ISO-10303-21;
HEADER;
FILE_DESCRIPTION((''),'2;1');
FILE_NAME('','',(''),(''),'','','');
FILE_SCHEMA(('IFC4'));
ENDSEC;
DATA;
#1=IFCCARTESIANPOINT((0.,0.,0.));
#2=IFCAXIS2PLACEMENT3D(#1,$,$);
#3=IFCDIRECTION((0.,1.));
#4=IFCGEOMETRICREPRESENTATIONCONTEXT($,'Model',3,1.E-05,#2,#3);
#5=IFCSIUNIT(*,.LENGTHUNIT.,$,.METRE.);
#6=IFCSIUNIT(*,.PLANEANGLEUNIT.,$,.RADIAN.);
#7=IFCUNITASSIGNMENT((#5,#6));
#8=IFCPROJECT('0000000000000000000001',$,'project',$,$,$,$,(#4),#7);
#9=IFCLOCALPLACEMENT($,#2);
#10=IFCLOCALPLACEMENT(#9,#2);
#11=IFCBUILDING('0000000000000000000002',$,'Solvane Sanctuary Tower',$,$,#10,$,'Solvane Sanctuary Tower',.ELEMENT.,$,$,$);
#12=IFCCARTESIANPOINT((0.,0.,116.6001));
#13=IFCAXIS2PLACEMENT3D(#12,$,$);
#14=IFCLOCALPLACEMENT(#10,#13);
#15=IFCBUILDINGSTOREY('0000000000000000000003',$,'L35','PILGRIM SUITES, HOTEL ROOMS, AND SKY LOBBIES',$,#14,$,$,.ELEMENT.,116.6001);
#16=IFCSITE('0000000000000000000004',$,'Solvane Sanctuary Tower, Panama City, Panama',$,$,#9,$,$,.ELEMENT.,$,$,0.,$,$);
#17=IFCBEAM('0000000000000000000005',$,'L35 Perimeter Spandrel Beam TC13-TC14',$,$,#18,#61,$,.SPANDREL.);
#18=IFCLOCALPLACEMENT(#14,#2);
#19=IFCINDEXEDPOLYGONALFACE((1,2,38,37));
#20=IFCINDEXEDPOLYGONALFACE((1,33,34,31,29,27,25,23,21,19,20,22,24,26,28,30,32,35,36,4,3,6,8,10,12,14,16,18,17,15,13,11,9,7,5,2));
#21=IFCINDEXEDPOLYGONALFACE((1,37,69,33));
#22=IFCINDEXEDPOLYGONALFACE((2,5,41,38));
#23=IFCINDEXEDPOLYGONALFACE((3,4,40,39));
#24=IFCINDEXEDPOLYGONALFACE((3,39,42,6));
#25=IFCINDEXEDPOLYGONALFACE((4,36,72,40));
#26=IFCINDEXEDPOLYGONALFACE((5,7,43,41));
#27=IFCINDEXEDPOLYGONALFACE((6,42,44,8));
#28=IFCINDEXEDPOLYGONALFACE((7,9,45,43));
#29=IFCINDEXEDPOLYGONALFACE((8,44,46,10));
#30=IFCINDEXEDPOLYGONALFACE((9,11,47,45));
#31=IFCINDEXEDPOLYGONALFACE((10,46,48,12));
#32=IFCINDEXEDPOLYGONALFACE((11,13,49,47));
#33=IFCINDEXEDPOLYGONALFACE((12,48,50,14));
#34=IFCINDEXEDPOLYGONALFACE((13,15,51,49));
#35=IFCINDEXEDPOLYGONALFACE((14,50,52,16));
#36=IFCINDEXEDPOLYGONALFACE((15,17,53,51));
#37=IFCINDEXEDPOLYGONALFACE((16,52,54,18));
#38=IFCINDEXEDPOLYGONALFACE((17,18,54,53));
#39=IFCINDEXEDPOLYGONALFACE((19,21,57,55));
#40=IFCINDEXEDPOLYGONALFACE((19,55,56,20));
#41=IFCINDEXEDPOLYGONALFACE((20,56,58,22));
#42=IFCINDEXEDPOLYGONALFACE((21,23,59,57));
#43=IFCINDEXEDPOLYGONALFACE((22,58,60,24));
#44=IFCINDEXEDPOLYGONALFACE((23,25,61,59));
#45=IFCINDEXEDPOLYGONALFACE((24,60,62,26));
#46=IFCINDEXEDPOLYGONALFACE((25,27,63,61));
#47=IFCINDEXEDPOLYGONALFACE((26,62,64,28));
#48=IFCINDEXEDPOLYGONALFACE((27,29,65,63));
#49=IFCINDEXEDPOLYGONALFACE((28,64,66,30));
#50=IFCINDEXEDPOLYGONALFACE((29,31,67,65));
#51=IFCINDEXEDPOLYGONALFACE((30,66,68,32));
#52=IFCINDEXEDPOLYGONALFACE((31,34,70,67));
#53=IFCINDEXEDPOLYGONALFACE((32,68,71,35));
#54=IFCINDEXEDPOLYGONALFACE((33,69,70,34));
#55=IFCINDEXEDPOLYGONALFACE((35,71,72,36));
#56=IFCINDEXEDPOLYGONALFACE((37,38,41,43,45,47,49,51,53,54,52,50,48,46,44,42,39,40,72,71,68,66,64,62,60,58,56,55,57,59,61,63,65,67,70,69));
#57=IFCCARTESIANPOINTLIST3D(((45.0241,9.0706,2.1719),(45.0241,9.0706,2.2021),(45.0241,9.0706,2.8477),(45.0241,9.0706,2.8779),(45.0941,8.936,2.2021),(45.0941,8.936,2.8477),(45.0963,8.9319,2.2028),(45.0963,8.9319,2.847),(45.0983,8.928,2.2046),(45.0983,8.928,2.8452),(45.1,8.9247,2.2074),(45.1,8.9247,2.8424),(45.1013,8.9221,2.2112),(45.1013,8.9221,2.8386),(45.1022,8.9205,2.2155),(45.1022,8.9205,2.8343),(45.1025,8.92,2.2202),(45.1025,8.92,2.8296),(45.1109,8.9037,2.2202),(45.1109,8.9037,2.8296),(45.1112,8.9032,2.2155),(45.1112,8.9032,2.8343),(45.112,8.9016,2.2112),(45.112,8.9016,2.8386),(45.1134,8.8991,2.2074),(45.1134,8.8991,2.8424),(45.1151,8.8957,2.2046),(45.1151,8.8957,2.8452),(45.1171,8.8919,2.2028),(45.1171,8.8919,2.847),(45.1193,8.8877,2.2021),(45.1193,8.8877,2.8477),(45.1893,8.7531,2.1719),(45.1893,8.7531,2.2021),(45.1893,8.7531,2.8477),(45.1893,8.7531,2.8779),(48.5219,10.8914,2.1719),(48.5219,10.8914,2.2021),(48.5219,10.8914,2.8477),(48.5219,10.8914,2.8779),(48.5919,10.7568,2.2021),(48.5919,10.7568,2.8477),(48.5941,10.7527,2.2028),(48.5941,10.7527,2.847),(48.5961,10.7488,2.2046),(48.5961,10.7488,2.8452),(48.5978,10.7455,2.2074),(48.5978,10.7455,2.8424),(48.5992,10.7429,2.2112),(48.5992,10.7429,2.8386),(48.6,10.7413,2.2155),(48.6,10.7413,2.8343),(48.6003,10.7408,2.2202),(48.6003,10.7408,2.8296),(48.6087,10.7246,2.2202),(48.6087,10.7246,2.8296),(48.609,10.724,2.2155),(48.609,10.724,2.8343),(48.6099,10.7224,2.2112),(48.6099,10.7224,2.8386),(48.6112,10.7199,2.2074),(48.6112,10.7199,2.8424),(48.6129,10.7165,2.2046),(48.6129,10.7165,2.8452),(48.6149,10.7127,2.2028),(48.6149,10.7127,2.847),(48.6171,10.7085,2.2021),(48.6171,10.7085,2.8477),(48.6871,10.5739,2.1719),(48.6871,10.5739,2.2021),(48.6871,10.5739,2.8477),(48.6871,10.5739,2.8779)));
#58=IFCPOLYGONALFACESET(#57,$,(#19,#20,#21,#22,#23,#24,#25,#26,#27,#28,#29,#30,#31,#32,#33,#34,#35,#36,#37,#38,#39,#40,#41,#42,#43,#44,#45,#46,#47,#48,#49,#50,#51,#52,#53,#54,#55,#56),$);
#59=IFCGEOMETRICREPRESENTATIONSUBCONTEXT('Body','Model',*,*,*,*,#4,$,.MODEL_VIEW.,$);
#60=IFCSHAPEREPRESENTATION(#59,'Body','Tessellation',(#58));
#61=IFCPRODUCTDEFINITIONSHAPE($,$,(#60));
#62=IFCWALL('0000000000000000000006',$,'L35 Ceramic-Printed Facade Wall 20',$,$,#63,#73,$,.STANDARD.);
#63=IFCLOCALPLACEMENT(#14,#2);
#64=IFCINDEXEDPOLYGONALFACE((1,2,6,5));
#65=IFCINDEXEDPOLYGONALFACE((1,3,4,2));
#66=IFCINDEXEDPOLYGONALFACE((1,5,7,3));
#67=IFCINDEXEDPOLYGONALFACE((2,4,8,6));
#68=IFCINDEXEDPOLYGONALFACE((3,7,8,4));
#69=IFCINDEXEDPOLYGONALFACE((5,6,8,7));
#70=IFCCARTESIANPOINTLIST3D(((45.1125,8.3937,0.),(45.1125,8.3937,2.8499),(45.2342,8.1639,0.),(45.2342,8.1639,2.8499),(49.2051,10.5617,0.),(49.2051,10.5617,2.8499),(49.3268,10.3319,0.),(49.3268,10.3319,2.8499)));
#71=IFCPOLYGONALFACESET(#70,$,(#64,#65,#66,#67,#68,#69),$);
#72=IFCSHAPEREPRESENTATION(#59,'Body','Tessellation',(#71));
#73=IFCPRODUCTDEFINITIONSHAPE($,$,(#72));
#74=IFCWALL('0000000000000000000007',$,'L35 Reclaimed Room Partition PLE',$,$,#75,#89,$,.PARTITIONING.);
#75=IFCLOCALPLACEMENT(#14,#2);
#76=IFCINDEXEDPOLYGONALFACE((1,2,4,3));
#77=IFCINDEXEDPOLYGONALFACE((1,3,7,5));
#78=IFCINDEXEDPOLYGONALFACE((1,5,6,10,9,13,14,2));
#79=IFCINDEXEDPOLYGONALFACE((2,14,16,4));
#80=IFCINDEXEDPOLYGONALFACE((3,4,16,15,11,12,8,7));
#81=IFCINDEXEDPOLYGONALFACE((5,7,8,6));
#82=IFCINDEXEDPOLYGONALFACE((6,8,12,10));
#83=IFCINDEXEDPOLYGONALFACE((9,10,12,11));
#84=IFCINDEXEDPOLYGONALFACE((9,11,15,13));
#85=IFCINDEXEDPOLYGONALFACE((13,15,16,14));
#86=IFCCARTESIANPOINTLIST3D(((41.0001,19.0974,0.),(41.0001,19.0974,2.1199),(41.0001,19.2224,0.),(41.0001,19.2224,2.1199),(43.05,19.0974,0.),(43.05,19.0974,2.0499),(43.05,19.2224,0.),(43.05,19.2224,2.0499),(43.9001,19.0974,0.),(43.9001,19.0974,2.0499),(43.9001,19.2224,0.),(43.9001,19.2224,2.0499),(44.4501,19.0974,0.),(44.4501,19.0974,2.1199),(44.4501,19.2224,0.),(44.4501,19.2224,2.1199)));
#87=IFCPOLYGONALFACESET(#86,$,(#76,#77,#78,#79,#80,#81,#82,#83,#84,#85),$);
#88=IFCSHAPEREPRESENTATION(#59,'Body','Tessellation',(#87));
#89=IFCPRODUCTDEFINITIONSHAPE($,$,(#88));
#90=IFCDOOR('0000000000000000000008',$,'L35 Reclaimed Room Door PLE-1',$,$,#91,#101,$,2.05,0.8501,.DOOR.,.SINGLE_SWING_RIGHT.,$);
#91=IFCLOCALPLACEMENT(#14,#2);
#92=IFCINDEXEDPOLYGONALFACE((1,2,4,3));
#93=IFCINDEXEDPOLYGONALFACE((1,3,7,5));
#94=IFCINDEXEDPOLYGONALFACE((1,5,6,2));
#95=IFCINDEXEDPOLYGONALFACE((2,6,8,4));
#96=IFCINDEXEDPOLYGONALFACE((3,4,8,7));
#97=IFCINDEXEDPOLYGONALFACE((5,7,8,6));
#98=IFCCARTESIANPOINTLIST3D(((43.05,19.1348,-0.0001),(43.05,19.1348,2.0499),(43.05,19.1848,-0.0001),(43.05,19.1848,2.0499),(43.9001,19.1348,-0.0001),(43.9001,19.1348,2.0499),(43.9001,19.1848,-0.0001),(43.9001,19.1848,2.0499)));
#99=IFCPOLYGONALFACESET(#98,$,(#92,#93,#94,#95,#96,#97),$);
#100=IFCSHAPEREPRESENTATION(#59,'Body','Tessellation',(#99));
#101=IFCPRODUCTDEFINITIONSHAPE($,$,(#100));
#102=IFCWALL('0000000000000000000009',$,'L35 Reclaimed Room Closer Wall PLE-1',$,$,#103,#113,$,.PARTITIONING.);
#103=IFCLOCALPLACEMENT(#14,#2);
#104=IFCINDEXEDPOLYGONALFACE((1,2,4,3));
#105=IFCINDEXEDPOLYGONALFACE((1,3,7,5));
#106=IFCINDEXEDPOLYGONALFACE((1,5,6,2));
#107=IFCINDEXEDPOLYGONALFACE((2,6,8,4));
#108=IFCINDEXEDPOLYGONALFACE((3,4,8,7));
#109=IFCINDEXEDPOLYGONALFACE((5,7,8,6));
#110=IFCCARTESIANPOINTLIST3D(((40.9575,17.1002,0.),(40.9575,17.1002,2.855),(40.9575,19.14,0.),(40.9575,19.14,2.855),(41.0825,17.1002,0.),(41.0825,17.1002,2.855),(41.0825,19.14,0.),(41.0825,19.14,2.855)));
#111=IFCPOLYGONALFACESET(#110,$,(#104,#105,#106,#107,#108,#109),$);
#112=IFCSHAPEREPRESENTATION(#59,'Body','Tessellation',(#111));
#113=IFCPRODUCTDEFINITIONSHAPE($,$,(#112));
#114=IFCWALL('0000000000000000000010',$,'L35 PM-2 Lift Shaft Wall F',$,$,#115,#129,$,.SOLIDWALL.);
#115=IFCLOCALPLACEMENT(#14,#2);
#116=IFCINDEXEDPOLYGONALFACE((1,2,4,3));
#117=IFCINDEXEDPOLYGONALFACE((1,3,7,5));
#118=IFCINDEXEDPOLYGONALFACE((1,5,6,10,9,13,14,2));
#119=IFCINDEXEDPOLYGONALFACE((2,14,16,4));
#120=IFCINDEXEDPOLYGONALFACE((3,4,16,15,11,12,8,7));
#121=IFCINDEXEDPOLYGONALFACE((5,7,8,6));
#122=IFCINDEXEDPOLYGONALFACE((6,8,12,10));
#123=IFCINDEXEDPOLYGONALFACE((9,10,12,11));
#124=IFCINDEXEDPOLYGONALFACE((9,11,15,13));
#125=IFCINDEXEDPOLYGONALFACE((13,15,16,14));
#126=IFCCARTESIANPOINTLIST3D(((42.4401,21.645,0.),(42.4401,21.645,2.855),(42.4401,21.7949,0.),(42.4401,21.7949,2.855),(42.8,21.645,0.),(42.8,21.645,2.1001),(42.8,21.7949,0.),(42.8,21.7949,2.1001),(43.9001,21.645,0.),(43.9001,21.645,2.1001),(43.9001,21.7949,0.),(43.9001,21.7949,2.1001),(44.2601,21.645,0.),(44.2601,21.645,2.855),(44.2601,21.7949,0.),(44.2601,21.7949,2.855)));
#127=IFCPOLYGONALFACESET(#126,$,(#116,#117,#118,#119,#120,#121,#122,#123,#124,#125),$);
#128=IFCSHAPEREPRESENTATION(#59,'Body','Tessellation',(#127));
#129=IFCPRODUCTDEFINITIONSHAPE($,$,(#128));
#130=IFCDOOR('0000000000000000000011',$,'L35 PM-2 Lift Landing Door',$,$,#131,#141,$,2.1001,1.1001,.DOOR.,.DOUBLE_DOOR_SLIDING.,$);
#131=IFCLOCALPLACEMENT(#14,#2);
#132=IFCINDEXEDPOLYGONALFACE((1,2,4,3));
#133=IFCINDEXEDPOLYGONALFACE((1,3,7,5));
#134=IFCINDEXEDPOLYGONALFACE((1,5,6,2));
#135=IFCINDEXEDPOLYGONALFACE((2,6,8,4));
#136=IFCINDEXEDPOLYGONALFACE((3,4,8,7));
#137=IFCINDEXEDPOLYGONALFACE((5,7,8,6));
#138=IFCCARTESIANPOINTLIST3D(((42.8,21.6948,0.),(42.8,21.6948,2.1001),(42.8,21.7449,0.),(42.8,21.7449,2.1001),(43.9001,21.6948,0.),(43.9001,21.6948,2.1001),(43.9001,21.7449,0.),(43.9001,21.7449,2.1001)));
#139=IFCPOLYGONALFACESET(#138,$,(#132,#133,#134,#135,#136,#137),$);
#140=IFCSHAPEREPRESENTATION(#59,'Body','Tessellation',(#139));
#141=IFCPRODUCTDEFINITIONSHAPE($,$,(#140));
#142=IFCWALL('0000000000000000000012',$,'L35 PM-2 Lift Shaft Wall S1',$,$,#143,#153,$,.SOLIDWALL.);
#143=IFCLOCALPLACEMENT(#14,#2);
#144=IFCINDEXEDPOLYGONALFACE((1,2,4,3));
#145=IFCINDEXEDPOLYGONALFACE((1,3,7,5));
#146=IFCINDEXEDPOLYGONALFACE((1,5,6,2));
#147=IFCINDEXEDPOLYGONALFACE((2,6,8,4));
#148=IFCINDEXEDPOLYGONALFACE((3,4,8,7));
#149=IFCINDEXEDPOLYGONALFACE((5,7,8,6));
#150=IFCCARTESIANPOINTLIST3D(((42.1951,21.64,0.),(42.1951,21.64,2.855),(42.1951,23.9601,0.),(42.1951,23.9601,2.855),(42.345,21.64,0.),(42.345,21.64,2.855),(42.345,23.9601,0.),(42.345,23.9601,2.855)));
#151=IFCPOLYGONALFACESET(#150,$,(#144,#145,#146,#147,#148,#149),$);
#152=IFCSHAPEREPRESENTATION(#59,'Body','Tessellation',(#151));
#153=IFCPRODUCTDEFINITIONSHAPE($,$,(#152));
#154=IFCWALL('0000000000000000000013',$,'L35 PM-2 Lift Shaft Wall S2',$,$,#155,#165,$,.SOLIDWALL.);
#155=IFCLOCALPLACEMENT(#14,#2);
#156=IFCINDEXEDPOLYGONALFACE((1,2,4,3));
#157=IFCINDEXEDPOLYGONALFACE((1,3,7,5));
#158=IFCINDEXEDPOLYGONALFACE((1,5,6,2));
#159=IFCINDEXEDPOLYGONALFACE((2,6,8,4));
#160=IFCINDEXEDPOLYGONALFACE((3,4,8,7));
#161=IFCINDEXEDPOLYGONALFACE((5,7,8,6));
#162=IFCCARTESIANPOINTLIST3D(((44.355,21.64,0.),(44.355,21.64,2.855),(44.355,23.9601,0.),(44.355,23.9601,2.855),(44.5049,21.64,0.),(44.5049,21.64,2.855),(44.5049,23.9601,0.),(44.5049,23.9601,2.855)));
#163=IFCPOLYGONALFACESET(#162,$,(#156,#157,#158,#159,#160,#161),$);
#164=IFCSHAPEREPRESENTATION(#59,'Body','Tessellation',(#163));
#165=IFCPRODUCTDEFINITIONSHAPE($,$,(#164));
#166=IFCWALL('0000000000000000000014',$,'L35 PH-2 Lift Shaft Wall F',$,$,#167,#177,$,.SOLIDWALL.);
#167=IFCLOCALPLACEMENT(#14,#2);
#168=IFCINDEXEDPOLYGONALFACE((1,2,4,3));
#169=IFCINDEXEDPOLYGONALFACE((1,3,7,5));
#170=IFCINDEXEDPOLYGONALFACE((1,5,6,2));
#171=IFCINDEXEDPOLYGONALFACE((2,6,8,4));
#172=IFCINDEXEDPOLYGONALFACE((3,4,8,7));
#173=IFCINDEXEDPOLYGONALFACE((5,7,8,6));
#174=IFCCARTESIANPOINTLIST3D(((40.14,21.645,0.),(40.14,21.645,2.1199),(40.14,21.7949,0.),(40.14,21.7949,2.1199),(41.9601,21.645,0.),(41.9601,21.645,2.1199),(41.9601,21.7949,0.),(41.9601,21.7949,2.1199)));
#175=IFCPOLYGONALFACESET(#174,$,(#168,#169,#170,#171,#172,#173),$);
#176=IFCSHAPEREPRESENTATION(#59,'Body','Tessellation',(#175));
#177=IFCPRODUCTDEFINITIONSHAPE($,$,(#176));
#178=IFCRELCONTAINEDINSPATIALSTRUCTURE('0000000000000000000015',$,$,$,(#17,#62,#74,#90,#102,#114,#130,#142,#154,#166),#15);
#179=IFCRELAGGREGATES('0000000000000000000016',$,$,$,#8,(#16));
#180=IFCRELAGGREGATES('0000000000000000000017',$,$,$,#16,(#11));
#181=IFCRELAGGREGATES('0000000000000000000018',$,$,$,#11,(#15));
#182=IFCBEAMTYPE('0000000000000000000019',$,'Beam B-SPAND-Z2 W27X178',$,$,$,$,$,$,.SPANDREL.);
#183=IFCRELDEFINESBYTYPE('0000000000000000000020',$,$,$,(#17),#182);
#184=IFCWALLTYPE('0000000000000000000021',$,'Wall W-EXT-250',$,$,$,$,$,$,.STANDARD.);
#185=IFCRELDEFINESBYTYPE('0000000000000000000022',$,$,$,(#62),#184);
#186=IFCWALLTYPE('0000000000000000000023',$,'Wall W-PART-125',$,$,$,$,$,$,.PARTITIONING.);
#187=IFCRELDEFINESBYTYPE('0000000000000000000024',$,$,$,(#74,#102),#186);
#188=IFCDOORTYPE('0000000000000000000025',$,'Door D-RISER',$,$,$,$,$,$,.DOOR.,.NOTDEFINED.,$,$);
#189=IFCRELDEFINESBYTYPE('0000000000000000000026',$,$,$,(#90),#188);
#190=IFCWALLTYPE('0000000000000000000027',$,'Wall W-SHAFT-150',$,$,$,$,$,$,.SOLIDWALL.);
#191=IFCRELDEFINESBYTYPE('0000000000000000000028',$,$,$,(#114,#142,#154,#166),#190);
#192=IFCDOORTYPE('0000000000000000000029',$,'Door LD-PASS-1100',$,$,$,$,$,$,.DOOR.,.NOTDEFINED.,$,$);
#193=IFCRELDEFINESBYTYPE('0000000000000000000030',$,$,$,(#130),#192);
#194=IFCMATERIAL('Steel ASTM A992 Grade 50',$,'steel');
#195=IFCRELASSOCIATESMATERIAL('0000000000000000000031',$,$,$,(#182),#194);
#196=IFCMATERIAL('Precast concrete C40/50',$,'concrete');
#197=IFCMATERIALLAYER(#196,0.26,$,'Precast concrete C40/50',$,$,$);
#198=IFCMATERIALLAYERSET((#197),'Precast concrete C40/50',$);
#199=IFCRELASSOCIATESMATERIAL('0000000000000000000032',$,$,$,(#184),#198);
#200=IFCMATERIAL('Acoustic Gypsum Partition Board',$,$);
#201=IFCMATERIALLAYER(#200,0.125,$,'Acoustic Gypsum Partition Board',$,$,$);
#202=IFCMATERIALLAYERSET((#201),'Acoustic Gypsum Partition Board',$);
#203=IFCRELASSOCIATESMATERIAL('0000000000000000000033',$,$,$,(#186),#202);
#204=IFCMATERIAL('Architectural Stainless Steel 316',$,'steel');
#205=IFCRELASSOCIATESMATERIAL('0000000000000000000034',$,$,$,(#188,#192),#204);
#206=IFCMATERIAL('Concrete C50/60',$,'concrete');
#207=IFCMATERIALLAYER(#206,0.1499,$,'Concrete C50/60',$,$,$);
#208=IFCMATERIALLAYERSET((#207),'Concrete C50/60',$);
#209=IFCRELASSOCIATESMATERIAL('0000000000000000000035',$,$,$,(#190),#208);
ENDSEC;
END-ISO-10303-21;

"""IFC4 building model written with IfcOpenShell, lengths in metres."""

from ifc_helpers import new_model, si_unit, direction, frame, frame_2d, origin, origin_2d, place, context, subcontext, project, spatial, rectangle, i_section, extrude, material, layer, layer_set, material_profile, profile_set, type_object, element, fill, save


model = new_model("IFC4")

# Units and contexts
model_context = context("Model", 3, precision=1e-05, world=origin(), true_north=direction((0.0, 1.0)))
body_context = subcontext(model_context, "Body", "Model", "MODEL_VIEW")
ifc_project = project(units=[si_unit("LENGTHUNIT", "METRE"), si_unit("PLANEANGLEUNIT", "RADIAN")], contexts=[model_context])

# Site, building, storey
site_placement = place(None, origin())
site = spatial("IfcSite", under=ifc_project, at=site_placement, Name="Solvane Sanctuary Tower, Panama City, Panama", CompositionType="ELEMENT", RefElevation=0.0)
building_placement = place(site_placement, origin())
building = spatial("IfcBuilding", under=site, at=building_placement, Name="Solvane Sanctuary Tower", LongName="Solvane Sanctuary Tower", CompositionType="ELEMENT")
storey_placement = place(building_placement, frame((0.0, 0.0, 116.6001)))
storey = spatial("IfcBuildingStorey", under=building, at=storey_placement, Name="L35", Description="PILGRIM SUITES, HOTEL ROOMS, AND SKY LOBBIES", CompositionType="ELEMENT", Elevation=116.6001)

# Beam
ifc_material_1 = material(Name="Steel ASTM A992 Grade 50", Category="steel")
ifc_material_profile_1 = material_profile(ifc_material_1, i_section(OverallWidth=0.3579, OverallDepth=0.7061, WebThickness=0.0183, FlangeThickness=0.0303, FilletRadius=0.0181, at=origin_2d()), Name="W27X178")
ifc_profile_set_1 = profile_set([ifc_material_profile_1], Name="Steel ASTM A992 Grade 50")
beam_type_1 = type_object("IfcBeamType", Name="Beam B-SPAND-Z2 W27X178", PredefinedType="SPANDREL", material=ifc_profile_set_1)
beam_1_placement = place(storey_placement, frame((45.1067, 8.9119, 2.5249), z_axis=(0.887015, 0.461741, 0.0), x_axis=(-0.461741, 0.887015, 0.0)))
element("IfcBeam", 1, at=beam_1_placement, inside=storey, type_object=beam_type_1, Name="L35 Perimeter Spandrel Beam TC13-TC14", PredefinedType="SPANDREL", context=body_context, shape_type="SweptSolid", body=[
    extrude(i_section(OverallWidth=0.3579, OverallDepth=0.7061, WebThickness=0.0183, FlangeThickness=0.0303, FilletRadius=0.0181, at=origin_2d()), origin(), (0.0, 0.0, 1.0), 3.9434),
])

# Wall
ifc_material_2 = material(Name="Precast concrete C40/50", Category="concrete")
ifc_layer_1 = layer(ifc_material_2, 0.26, Name="Precast concrete C40/50")
ifc_layer_set_1 = layer_set([ifc_layer_1], Name="Precast concrete C40/50")
wall_type_1 = type_object("IfcWallType", Name="Wall W-EXT-250", PredefinedType="STANDARD", material=ifc_layer_set_1)
wall_1_placement = place(storey_placement, frame((45.1733, 8.2788, 0.0), z_axis=(0.0, 0.0, 1.0), x_axis=(0.883669, 0.468113, 0.0)))
element("IfcWall", 2, at=wall_1_placement, inside=storey, type_object=wall_type_1, Name="L35 Ceramic-Printed Facade Wall 20", PredefinedType="STANDARD", context=body_context, shape_type="SweptSolid", body=[
    extrude(rectangle(XDim=4.6313, YDim=0.26, at=frame_2d((2.3157, 0.0))), origin(), (0.0, 0.0, 1.0), 2.8499),
])

# Wall, opening, door
ifc_material_3 = material(Name="Acoustic Gypsum Partition Board")
ifc_layer_2 = layer(ifc_material_3, 0.125, Name="Acoustic Gypsum Partition Board")
ifc_layer_set_2 = layer_set([ifc_layer_2], Name="Acoustic Gypsum Partition Board")
wall_type_2 = type_object("IfcWallType", Name="Wall W-PART-125", PredefinedType="PARTITIONING", material=ifc_layer_set_2)
wall_2_placement = place(storey_placement, frame((41.0, 19.1599, 0.0), z_axis=(0.0, 0.0, 1.0), x_axis=(1.0, 0.0, 0.0)))
wall_2 = element("IfcWall", 3, at=wall_2_placement, inside=storey, type_object=wall_type_2, Name="L35 Reclaimed Room Partition PLE", PredefinedType="PARTITIONING", context=body_context, shape_type="SweptSolid", body=[
    extrude(rectangle(XDim=3.45, YDim=0.125, at=frame_2d((1.7251, 0.0))), origin(), (0.0, 0.0, 1.0), 2.1199),
])
opening_1_placement = place(wall_2_placement, frame((2.05, 0.0, 0.0)))
opening_1 = element("IfcOpeningElement", 4, at=opening_1_placement, cuts=wall_2, PredefinedType="OPENING", context=body_context, shape_type="SweptSolid", body=[
    extrude(rectangle(XDim=0.8501, YDim=2.05, at=frame_2d((0.425, 1.0249))), frame((0.0, 0.0725, 0.0), z_axis=(0.0, -1.0, 0.0), x_axis=(1.0, 0.0, 0.0)), (0.0, 0.0, 1.0), 0.145),
])
ifc_material_4 = material(Name="Architectural Stainless Steel 316", Category="steel")
door_type_1 = type_object("IfcDoorType", Name="Door D-RISER", OperationType="NOTDEFINED", PredefinedType="DOOR", material=ifc_material_4)
door_1_placement = place(opening_1_placement, origin())
door_1 = element("IfcDoor", 5, at=door_1_placement, inside=storey, type_object=door_type_1, Name="L35 Reclaimed Room Door PLE-1", OperationType="SINGLE_SWING_RIGHT", OverallHeight=2.05, OverallWidth=0.8501, PredefinedType="DOOR", context=body_context, shape_type="SweptSolid", body=[
    extrude(rectangle(XDim=0.8501, YDim=2.05, at=frame_2d((0.425, 1.0249))), frame((0.0, 0.0249, 0.0), z_axis=(0.0, -1.0, 0.0), x_axis=(1.0, 0.0, 0.0)), (0.0, 0.0, 1.0), 0.05),
])
fill(opening_1, door_1)

# Wall
wall_3_placement = place(storey_placement, frame((41.02, 17.1001, 0.0), z_axis=(0.0, 0.0, 1.0), x_axis=(0.0, 1.0, 0.0)))
element("IfcWall", 6, at=wall_3_placement, inside=storey, type_object=wall_type_2, Name="L35 Reclaimed Room Closer Wall PLE-1", PredefinedType="PARTITIONING", context=body_context, shape_type="SweptSolid", body=[
    extrude(rectangle(XDim=2.0398, YDim=0.125, at=frame_2d((1.02, 0.0))), origin(), (0.0, 0.0, 1.0), 2.855),
])

# Wall, opening, door
ifc_material_5 = material(Name="Concrete C50/60", Category="concrete")
ifc_layer_3 = layer(ifc_material_5, 0.1499, Name="Concrete C50/60")
ifc_layer_set_3 = layer_set([ifc_layer_3], Name="Concrete C50/60")
wall_type_3 = type_object("IfcWallType", Name="Wall W-SHAFT-150", PredefinedType="SOLIDWALL", material=ifc_layer_set_3)
wall_4_placement = place(storey_placement, frame((42.4399, 21.72, 0.0), z_axis=(0.0, 0.0, 1.0), x_axis=(1.0, 0.0, 0.0)))
wall_4 = element("IfcWall", 7, at=wall_4_placement, inside=storey, type_object=wall_type_3, Name="L35 PM-2 Lift Shaft Wall F", PredefinedType="SOLIDWALL", context=body_context, shape_type="SweptSolid", body=[
    extrude(rectangle(XDim=1.8201, YDim=0.1499, at=frame_2d((0.9102, 0.0))), origin(), (0.0, 0.0, 1.0), 2.855),
])
opening_2_placement = place(wall_4_placement, frame((0.3601, 0.0, 0.0)))
opening_2 = element("IfcOpeningElement", 8, at=opening_2_placement, cuts=wall_4, PredefinedType="OPENING", context=body_context, shape_type="SweptSolid", body=[
    extrude(rectangle(XDim=1.1001, YDim=2.1001, at=frame_2d((0.55, 1.05))), frame((0.0, 0.085, 0.0), z_axis=(0.0, -1.0, 0.0), x_axis=(1.0, 0.0, 0.0)), (0.0, 0.0, 1.0), 0.1699),
])
door_type_2 = type_object("IfcDoorType", Name="Door LD-PASS-1100", OperationType="NOTDEFINED", PredefinedType="DOOR", material=ifc_material_4)
door_2_placement = place(opening_2_placement, origin())
door_2 = element("IfcDoor", 9, at=door_2_placement, inside=storey, type_object=door_type_2, Name="L35 PM-2 Lift Landing Door", OperationType="DOUBLE_DOOR_SLIDING", OverallHeight=2.1001, OverallWidth=1.1001, PredefinedType="DOOR", context=body_context, shape_type="SweptSolid", body=[
    extrude(rectangle(XDim=1.1001, YDim=2.1001, at=frame_2d((0.55, 1.05))), frame((0.0, 0.0249, 0.0), z_axis=(0.0, -1.0, 0.0), x_axis=(1.0, 0.0, 0.0)), (0.0, 0.0, 1.0), 0.05),
])
fill(opening_2, door_2)

# Walls
for number, where, z_axis, x_axis, name in (
    (10, (42.27, 21.6399, 0.0), (0.0, 0.0, 1.0), (0.0, 1.0, 0.0), "L35 PM-2 Lift Shaft Wall S1"),
    (11, (44.4299, 21.6399, 0.0), (0.0, 0.0, 1.0), (0.0, 1.0, 0.0), "L35 PM-2 Lift Shaft Wall S2"),
):
    element("IfcWall", number, at=place(storey_placement, frame(where, z_axis=z_axis, x_axis=x_axis)), inside=storey, type_object=wall_type_3, Name=name, PredefinedType="SOLIDWALL", context=body_context, shape_type="SweptSolid", body=[
        extrude(rectangle(XDim=2.3201, YDim=0.1499, at=frame_2d((1.1602, 0.0))), origin(), (0.0, 0.0, 1.0), 2.855),
    ])
wall_5_placement = place(storey_placement, frame((40.1399, 21.72, 0.0), z_axis=(0.0, 0.0, 1.0), x_axis=(1.0, 0.0, 0.0)))
element("IfcWall", 12, at=wall_5_placement, inside=storey, type_object=wall_type_3, Name="L35 PH-2 Lift Shaft Wall F", PredefinedType="SOLIDWALL", context=body_context, shape_type="SweptSolid", body=[
    extrude(rectangle(XDim=1.8201, YDim=0.1499, at=frame_2d((0.9102, 0.0))), origin(), (0.0, 0.0, 1.0), 2.1199),
])

save(model, "model.ifc")
